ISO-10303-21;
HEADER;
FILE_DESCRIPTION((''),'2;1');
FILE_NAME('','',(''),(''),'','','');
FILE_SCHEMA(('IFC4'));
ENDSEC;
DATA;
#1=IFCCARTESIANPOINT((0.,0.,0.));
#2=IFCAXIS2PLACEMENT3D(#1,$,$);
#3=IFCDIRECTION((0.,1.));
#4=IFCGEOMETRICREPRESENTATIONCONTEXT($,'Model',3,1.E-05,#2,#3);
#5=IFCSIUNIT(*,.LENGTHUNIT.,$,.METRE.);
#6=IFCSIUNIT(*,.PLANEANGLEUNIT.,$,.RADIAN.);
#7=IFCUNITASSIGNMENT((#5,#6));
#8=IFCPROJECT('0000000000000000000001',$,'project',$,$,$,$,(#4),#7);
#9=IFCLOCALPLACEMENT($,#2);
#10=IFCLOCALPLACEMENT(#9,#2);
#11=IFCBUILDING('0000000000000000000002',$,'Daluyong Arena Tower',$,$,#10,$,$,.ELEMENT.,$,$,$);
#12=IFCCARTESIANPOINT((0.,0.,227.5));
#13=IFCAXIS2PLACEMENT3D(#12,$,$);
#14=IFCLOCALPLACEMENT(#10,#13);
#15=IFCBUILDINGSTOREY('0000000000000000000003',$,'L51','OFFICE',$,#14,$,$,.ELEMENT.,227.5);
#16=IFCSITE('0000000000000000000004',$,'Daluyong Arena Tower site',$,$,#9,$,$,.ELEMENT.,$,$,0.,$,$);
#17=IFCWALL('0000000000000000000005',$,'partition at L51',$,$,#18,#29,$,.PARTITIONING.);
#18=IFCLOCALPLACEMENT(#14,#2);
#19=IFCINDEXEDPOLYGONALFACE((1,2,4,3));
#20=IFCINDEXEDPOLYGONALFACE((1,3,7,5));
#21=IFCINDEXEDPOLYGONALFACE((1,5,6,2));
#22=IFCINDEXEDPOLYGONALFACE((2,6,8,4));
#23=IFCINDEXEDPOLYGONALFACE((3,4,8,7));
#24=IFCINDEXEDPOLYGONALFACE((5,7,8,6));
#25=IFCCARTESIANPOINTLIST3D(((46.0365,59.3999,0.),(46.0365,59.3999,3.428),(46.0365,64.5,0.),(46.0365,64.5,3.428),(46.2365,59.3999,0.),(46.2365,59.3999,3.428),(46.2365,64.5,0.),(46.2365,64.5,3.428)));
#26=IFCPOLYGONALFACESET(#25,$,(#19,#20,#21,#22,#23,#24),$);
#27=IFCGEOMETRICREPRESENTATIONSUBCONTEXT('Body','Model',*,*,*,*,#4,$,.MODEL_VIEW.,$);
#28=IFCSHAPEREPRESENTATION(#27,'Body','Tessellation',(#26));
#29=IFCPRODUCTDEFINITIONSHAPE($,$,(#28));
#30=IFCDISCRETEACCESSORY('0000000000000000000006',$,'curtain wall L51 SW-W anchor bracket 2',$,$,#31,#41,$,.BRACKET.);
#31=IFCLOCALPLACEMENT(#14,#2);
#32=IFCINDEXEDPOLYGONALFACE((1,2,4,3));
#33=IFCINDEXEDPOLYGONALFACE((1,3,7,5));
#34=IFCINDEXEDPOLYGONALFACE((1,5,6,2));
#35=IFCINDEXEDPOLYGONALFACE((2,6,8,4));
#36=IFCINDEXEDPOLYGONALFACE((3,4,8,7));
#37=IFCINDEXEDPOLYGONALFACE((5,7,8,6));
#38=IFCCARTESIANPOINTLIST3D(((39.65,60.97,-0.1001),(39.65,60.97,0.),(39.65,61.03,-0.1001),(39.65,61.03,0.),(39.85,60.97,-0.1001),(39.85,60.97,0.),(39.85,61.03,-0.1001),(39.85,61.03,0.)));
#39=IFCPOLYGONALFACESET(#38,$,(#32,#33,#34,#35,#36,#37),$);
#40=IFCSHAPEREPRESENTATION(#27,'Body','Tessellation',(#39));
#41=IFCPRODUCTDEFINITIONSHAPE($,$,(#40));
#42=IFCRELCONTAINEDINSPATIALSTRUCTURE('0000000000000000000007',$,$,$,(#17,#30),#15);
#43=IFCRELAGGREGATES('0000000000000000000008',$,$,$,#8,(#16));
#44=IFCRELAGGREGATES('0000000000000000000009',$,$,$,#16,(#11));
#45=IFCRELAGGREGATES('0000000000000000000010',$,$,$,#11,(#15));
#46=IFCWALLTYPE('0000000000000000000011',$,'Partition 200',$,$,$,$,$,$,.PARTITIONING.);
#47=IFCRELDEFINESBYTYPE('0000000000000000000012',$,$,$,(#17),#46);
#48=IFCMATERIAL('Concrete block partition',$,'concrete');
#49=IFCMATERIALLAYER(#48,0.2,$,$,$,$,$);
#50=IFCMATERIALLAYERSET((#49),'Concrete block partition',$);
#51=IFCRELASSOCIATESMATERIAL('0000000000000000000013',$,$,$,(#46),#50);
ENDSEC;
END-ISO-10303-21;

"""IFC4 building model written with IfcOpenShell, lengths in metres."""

from ifc_helpers import new_model, si_unit, direction, frame, frame_2d, origin, origin_2d, place, context, subcontext, project, spatial, rectangle, extrude, material, layer, layer_set, type_object, element, save


model = new_model("IFC4")

# Units and contexts
model_context = context("Model", 3, precision=1e-05, world=origin(), true_north=direction((0.0, 1.0)))
body_context = subcontext(model_context, "Body", "Model", "MODEL_VIEW")
ifc_project = project(units=[si_unit("LENGTHUNIT", "METRE"), si_unit("PLANEANGLEUNIT", "RADIAN")], contexts=[model_context])

# Site, building, storey
site_placement = place(None, origin())
site = spatial("IfcSite", under=ifc_project, at=site_placement, Name="Daluyong Arena Tower site", CompositionType="ELEMENT", RefElevation=0.0)
building_placement = place(site_placement, origin())
building = spatial("IfcBuilding", under=site, at=building_placement, Name="Daluyong Arena Tower", CompositionType="ELEMENT")
storey_placement = place(building_placement, frame((0.0, 0.0, 227.5)))
storey = spatial("IfcBuildingStorey", under=building, at=storey_placement, Name="L51", Description="OFFICE", CompositionType="ELEMENT", Elevation=227.5)

# Wall
ifc_material_1 = material(Name="Concrete block partition", Category="concrete")
ifc_layer_1 = layer(ifc_material_1, 0.2)
ifc_layer_set_1 = layer_set([ifc_layer_1], Name="Concrete block partition")
wall_type_1 = type_object("IfcWallType", Name="Partition 200", PredefinedType="PARTITIONING", material=ifc_layer_set_1)
wall_1_placement = place(storey_placement, frame((46.1365, 59.3999, 0.0), z_axis=(0.0, 0.0, 1.0), x_axis=(0.0, 1.0, 0.0)))
element("IfcWall", 1, at=wall_1_placement, inside=storey, type_object=wall_type_1, Name="partition at L51", PredefinedType="PARTITIONING", context=body_context, shape_type="SweptSolid", body=[
    extrude(rectangle(XDim=5.1001, YDim=0.2, at=frame_2d((2.55, 0.0))), origin(), (0.0, 0.0, 1.0), 3.428),
])

# Discrete accessory
discrete_accessory_placement = place(storey_placement, frame((39.75, 61.0, -0.1001), z_axis=(0.0, 0.0, 1.0), x_axis=(0.0, -1.0, 0.0)))
element("IfcDiscreteAccessory", 2, at=discrete_accessory_placement, inside=storey, Name="curtain wall L51 SW-W anchor bracket 2", PredefinedType="BRACKET", context=body_context, shape_type="SweptSolid", body=[
    extrude(rectangle(XDim=0.0601, YDim=0.2, at=origin_2d()), origin(), (0.0, 0.0, 1.0), 0.1001),
])

save(model, "model.ifc")
